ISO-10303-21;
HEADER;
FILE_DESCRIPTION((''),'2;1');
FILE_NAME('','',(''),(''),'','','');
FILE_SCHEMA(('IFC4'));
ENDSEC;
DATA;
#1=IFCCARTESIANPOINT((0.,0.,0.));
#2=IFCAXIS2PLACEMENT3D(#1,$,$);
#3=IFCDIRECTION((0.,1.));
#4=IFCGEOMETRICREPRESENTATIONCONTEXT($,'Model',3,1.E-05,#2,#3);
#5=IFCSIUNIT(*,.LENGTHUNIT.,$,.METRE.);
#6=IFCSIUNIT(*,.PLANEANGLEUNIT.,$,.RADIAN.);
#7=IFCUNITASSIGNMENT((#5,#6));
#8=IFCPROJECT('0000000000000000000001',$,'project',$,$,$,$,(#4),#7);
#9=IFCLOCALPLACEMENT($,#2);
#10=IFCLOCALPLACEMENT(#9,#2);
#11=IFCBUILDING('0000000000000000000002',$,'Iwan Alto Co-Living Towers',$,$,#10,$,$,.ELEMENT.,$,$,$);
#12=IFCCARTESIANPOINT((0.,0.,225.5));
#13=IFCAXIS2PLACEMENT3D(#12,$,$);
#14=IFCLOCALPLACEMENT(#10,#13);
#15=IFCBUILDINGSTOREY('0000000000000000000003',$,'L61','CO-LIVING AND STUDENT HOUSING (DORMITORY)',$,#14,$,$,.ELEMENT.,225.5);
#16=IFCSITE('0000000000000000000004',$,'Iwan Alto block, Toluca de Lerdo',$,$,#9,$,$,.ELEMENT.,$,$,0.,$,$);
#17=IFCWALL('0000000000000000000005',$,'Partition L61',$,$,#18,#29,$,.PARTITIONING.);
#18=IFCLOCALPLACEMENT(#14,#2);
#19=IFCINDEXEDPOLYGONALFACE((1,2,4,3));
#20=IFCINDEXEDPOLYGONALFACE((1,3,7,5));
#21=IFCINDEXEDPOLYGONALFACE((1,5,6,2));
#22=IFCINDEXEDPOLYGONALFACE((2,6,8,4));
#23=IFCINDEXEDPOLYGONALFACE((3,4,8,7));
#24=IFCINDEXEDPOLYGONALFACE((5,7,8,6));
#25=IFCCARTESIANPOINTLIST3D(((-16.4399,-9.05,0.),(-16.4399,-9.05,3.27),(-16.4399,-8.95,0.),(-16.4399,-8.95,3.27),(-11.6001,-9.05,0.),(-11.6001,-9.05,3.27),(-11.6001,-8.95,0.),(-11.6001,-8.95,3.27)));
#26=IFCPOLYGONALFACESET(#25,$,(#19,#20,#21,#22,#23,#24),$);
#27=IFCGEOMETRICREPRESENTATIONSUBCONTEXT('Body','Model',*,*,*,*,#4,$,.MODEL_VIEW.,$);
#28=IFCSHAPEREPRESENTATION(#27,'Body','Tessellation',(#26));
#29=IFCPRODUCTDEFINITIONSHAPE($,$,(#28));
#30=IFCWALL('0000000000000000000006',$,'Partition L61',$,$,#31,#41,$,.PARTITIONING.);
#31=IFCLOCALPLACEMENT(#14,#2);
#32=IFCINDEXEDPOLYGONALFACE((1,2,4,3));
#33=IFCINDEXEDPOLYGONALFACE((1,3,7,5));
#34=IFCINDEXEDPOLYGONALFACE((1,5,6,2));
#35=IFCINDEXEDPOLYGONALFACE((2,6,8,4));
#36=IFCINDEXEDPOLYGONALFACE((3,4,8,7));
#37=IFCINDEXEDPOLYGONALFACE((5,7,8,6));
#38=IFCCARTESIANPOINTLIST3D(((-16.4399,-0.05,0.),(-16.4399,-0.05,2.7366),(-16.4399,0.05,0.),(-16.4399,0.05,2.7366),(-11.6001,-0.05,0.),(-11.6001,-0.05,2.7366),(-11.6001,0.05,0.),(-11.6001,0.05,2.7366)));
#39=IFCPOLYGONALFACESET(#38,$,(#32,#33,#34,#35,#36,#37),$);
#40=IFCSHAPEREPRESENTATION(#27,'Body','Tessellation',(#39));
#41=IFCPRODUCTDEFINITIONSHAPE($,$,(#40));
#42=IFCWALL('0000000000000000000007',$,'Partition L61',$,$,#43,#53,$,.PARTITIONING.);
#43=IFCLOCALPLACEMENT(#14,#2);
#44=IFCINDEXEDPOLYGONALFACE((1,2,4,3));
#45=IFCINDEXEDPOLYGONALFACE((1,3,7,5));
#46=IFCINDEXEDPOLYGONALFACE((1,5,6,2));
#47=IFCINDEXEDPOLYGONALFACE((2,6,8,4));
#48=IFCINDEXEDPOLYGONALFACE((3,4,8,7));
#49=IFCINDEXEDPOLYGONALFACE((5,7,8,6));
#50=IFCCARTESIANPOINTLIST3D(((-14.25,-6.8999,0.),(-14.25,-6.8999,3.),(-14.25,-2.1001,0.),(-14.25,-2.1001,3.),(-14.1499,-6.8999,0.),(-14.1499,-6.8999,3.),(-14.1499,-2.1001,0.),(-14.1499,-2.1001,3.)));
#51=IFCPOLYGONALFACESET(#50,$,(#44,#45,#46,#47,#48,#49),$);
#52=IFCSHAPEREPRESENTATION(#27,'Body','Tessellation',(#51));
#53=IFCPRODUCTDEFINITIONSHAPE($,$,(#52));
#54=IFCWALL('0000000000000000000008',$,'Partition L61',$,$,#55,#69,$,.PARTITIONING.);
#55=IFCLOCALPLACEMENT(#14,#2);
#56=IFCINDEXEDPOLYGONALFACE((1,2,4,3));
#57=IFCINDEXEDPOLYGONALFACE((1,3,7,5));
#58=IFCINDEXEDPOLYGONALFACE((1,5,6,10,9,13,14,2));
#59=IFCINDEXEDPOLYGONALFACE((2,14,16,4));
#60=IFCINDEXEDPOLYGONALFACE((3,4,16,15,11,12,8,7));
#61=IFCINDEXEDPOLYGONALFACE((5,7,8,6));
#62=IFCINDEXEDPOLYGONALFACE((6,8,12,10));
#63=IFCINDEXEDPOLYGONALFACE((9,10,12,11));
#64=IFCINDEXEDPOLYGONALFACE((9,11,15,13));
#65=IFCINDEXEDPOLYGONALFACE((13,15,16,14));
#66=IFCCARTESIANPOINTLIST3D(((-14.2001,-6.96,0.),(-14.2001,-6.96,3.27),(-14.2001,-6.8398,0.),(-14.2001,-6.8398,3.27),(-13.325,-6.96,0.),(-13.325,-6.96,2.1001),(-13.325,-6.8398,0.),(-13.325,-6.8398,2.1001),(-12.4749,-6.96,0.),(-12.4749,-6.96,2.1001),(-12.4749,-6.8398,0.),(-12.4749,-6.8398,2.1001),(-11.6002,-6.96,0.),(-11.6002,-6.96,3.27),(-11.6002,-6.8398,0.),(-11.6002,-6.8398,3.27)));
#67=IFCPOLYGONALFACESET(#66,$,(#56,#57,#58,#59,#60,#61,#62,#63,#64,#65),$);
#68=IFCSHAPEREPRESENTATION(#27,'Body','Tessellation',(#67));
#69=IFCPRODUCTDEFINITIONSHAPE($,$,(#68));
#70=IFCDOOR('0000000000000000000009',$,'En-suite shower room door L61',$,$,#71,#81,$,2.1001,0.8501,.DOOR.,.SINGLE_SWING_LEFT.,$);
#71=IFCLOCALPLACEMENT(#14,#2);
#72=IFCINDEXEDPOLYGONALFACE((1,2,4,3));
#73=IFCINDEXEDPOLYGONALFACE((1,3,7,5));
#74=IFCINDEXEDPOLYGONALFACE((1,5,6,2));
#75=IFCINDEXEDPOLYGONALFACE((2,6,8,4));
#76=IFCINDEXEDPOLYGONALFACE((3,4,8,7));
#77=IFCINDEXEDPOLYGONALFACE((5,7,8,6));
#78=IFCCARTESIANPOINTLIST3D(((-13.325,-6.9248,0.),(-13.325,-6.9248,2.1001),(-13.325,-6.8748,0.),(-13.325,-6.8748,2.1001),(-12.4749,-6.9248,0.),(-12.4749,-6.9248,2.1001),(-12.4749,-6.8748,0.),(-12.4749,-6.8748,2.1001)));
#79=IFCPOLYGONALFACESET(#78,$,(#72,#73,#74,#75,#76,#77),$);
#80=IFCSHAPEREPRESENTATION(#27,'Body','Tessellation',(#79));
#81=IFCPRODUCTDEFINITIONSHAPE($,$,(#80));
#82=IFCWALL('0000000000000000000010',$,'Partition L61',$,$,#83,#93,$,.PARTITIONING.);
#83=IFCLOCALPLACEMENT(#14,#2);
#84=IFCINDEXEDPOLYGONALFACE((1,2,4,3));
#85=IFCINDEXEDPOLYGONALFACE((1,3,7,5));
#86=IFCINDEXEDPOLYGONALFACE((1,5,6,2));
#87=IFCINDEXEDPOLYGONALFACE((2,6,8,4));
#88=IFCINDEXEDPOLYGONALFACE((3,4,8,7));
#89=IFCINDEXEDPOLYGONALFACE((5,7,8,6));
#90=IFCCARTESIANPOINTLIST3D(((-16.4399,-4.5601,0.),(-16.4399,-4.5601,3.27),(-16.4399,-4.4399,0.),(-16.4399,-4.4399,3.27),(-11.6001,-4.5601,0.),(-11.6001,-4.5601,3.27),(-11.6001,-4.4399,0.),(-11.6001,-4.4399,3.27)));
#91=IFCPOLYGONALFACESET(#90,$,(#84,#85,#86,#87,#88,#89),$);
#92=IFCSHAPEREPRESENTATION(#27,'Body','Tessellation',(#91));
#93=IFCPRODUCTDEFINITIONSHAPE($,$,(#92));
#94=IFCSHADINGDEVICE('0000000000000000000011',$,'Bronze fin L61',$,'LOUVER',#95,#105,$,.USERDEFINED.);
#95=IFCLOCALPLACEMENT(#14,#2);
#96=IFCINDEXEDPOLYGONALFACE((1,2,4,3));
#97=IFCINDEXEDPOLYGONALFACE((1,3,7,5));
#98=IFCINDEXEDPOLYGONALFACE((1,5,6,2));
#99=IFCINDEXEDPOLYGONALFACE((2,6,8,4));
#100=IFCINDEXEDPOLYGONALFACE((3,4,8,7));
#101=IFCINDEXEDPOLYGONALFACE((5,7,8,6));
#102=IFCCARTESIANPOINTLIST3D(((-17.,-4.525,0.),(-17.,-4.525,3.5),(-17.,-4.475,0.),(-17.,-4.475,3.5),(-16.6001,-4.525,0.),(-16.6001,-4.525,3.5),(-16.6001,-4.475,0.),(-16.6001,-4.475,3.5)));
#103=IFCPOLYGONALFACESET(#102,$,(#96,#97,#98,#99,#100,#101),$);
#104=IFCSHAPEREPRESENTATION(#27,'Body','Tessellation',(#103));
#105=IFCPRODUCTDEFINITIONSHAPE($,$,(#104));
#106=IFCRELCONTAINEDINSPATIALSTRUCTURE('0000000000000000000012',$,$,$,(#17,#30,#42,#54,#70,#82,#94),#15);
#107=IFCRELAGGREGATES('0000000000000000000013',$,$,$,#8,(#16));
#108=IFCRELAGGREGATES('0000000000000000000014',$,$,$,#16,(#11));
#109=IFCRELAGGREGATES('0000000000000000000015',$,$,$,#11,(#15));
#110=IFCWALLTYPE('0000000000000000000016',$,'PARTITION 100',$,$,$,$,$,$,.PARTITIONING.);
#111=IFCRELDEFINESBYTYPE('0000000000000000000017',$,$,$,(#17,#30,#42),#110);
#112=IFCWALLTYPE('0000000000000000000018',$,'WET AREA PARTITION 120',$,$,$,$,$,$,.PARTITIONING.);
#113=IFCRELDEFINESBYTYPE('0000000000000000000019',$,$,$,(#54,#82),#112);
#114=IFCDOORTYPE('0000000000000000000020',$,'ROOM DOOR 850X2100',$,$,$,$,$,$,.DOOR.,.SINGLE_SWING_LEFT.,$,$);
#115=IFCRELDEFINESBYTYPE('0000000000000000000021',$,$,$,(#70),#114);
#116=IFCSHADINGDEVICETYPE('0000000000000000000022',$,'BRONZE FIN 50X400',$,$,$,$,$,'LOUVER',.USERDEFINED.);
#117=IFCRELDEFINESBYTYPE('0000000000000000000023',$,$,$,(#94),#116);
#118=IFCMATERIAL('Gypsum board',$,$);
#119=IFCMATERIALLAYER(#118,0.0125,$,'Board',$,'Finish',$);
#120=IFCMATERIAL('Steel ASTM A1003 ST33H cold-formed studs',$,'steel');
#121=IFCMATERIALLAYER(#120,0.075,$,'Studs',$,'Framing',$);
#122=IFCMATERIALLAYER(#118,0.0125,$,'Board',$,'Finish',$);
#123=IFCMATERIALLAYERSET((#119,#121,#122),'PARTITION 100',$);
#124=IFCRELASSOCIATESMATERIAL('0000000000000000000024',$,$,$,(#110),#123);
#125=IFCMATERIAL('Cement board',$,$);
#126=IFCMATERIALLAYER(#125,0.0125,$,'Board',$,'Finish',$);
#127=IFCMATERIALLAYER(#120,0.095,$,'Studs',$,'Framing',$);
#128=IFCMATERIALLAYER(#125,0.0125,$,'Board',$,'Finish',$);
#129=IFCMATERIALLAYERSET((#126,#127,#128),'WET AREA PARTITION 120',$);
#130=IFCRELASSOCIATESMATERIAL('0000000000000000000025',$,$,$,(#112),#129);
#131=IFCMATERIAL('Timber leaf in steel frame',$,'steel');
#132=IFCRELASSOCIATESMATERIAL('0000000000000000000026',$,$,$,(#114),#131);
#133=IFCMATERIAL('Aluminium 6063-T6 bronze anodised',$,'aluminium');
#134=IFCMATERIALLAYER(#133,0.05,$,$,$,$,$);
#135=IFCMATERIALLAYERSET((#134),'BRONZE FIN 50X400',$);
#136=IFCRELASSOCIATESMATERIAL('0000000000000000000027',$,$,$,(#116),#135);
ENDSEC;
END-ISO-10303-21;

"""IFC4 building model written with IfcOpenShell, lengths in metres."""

from ifc_helpers import new_model, si_unit, direction, frame, frame_2d, origin, origin_2d, place, context, subcontext, project, spatial, rectangle, extrude, material, layer, layer_set, type_object, element, fill, save


model = new_model("IFC4")

# Units and contexts
model_context = context("Model", 3, precision=1e-05, world=origin(), true_north=direction((0.0, 1.0)))
body_context = subcontext(model_context, "Body", "Model", "MODEL_VIEW")
ifc_project = project(units=[si_unit("LENGTHUNIT", "METRE"), si_unit("PLANEANGLEUNIT", "RADIAN")], contexts=[model_context])

# Site, building, storey
site_placement = place(None, origin())
site = spatial("IfcSite", under=ifc_project, at=site_placement, Name="Iwan Alto block, Toluca de Lerdo", CompositionType="ELEMENT", RefElevation=0.0)
building_placement = place(site_placement, origin())
building = spatial("IfcBuilding", under=site, at=building_placement, Name="Iwan Alto Co-Living Towers", CompositionType="ELEMENT")
storey_placement = place(building_placement, frame((0.0, 0.0, 225.5)))
storey = spatial("IfcBuildingStorey", under=building, at=storey_placement, Name="L61", Description="CO-LIVING AND STUDENT HOUSING (DORMITORY)", CompositionType="ELEMENT", Elevation=225.5)

# Walls
ifc_material_1 = material(Name="Gypsum board")
ifc_layer_1 = layer(ifc_material_1, 0.0125, Name="Board", Category="Finish")
ifc_material_2 = material(Name="Steel ASTM A1003 ST33H cold-formed studs", Category="steel")
ifc_layer_2 = layer(ifc_material_2, 0.075, Name="Studs", Category="Framing")
ifc_layer_3 = layer(ifc_material_1, 0.0125, Name="Board", Category="Finish")
ifc_layer_set_1 = layer_set([ifc_layer_1, ifc_layer_2, ifc_layer_3], Name="PARTITION 100")
wall_type_1 = type_object("IfcWallType", Name="PARTITION 100", PredefinedType="PARTITIONING", material=ifc_layer_set_1)
wall_1_placement = place(storey_placement, frame((-16.4399, -9.0, 0.0), z_axis=(0.0, 0.0, 1.0), x_axis=(1.0, 0.0, 0.0)))
element("IfcWall", 1, at=wall_1_placement, inside=storey, type_object=wall_type_1, Name="Partition L61", PredefinedType="PARTITIONING", context=body_context, shape_type="SweptSolid", body=[
    extrude(rectangle(XDim=4.8398, YDim=0.1001, at=frame_2d((2.4199, 0.0))), origin(), (0.0, 0.0, 1.0), 3.27),
])
wall_2_placement = place(storey_placement, frame((-16.4399, 0.0, 0.0), z_axis=(0.0, 0.0, 1.0), x_axis=(1.0, 0.0, 0.0)))
element("IfcWall", 2, at=wall_2_placement, inside=storey, type_object=wall_type_1, Name="Partition L61", PredefinedType="PARTITIONING", context=body_context, shape_type="SweptSolid", body=[
    extrude(rectangle(XDim=4.8398, YDim=0.1001, at=frame_2d((2.4199, 0.0))), origin(), (0.0, 0.0, 1.0), 2.7366),
])
wall_3_placement = place(storey_placement, frame((-14.2, -6.8999, 0.0), z_axis=(0.0, 0.0, 1.0), x_axis=(0.0, 1.0, 0.0)))
element("IfcWall", 3, at=wall_3_placement, inside=storey, type_object=wall_type_1, Name="Partition L61", PredefinedType="PARTITIONING", context=body_context, shape_type="SweptSolid", body=[
    extrude(rectangle(XDim=4.7998, YDim=0.1001, at=frame_2d((2.3999, 0.0))), origin(), (0.0, 0.0, 1.0), 3.0),
])

# Wall, opening, door
ifc_material_3 = material(Name="Cement board")
ifc_layer_4 = layer(ifc_material_3, 0.0125, Name="Board", Category="Finish")
ifc_layer_5 = layer(ifc_material_2, 0.095, Name="Studs", Category="Framing")
ifc_layer_6 = layer(ifc_material_3, 0.0125, Name="Board", Category="Finish")
ifc_layer_set_2 = layer_set([ifc_layer_4, ifc_layer_5, ifc_layer_6], Name="WET AREA PARTITION 120")
wall_type_2 = type_object("IfcWallType", Name="WET AREA PARTITION 120", PredefinedType="PARTITIONING", material=ifc_layer_set_2)
wall_4_placement = place(storey_placement, frame((-14.2, -6.8999, 0.0), z_axis=(0.0, 0.0, 1.0), x_axis=(1.0, 0.0, 0.0)))
wall_4 = element("IfcWall", 4, at=wall_4_placement, inside=storey, type_object=wall_type_2, Name="Partition L61", PredefinedType="PARTITIONING", context=body_context, shape_type="SweptSolid", body=[
    extrude(rectangle(XDim=2.5999, YDim=0.1201, at=frame_2d((1.2998, 0.0))), origin(), (0.0, 0.0, 1.0), 3.27),
])
opening_placement = place(wall_4_placement, frame((0.875, 0.0, 0.0)))
opening = element("IfcOpeningElement", 5, at=opening_placement, cuts=wall_4, PredefinedType="OPENING", context=body_context, shape_type="SweptSolid", body=[
    extrude(rectangle(XDim=0.8501, YDim=2.1001, at=frame_2d((0.425, 1.05))), frame((0.0, 0.0701, 0.0), z_axis=(0.0, -1.0, 0.0), x_axis=(1.0, 0.0, 0.0)), (0.0, 0.0, 1.0), 0.1401),
])
ifc_material_4 = material(Name="Timber leaf in steel frame", Category="steel")
door_type = type_object("IfcDoorType", Name="ROOM DOOR 850X2100", OperationType="SINGLE_SWING_LEFT", PredefinedType="DOOR", material=ifc_material_4)
door_placement = place(opening_placement, frame((0.8501, 0.0, 0.0), z_axis=(0.0, 0.0, 1.0), x_axis=(-1.0, 0.0, 0.0)))
door = element("IfcDoor", 6, at=door_placement, inside=storey, type_object=door_type, Name="En-suite shower room door L61", OperationType="SINGLE_SWING_LEFT", OverallHeight=2.1001, OverallWidth=0.8501, PredefinedType="DOOR", context=body_context, shape_type="SweptSolid", body=[
    extrude(rectangle(XDim=0.8501, YDim=2.1001, at=frame_2d((0.425, 1.05))), frame((0.0, 0.0249, 0.0), z_axis=(0.0, -1.0, 0.0), x_axis=(1.0, 0.0, 0.0)), (0.0, 0.0, 1.0), 0.05),
])
fill(opening, door)

# Wall
wall_5_placement = place(storey_placement, frame((-16.4399, -4.5, 0.0), z_axis=(0.0, 0.0, 1.0), x_axis=(1.0, 0.0, 0.0)))
element("IfcWall", 7, at=wall_5_placement, inside=storey, type_object=wall_type_2, Name="Partition L61", PredefinedType="PARTITIONING", context=body_context, shape_type="SweptSolid", body=[
    extrude(rectangle(XDim=4.8398, YDim=0.1201, at=frame_2d((2.4199, 0.0))), origin(), (0.0, 0.0, 1.0), 3.27),
])

# Shading device
ifc_material_5 = material(Name="Aluminium 6063-T6 bronze anodised", Category="aluminium")
ifc_layer_7 = layer(ifc_material_5, 0.05)
ifc_layer_set_3 = layer_set([ifc_layer_7], Name="BRONZE FIN 50X400")
shading_device_type = type_object("IfcShadingDeviceType", Name="BRONZE FIN 50X400", ElementType="LOUVER", PredefinedType="USERDEFINED", material=ifc_layer_set_3)
shading_device_placement = place(storey_placement, frame((-16.8, -4.5, 0.0), z_axis=(0.0, 0.0, 1.0), x_axis=(0.0, -1.0, 0.0)))
element("IfcShadingDevice", 8, at=shading_device_placement, inside=storey, type_object=shading_device_type, Name="Bronze fin L61", ObjectType="LOUVER", PredefinedType="USERDEFINED", context=body_context, shape_type="SweptSolid", body=[
    extrude(rectangle(XDim=0.05, YDim=0.3999, at=origin_2d()), origin(), (0.0, 0.0, 1.0), 3.5),
])

save(model, "model.ifc")
